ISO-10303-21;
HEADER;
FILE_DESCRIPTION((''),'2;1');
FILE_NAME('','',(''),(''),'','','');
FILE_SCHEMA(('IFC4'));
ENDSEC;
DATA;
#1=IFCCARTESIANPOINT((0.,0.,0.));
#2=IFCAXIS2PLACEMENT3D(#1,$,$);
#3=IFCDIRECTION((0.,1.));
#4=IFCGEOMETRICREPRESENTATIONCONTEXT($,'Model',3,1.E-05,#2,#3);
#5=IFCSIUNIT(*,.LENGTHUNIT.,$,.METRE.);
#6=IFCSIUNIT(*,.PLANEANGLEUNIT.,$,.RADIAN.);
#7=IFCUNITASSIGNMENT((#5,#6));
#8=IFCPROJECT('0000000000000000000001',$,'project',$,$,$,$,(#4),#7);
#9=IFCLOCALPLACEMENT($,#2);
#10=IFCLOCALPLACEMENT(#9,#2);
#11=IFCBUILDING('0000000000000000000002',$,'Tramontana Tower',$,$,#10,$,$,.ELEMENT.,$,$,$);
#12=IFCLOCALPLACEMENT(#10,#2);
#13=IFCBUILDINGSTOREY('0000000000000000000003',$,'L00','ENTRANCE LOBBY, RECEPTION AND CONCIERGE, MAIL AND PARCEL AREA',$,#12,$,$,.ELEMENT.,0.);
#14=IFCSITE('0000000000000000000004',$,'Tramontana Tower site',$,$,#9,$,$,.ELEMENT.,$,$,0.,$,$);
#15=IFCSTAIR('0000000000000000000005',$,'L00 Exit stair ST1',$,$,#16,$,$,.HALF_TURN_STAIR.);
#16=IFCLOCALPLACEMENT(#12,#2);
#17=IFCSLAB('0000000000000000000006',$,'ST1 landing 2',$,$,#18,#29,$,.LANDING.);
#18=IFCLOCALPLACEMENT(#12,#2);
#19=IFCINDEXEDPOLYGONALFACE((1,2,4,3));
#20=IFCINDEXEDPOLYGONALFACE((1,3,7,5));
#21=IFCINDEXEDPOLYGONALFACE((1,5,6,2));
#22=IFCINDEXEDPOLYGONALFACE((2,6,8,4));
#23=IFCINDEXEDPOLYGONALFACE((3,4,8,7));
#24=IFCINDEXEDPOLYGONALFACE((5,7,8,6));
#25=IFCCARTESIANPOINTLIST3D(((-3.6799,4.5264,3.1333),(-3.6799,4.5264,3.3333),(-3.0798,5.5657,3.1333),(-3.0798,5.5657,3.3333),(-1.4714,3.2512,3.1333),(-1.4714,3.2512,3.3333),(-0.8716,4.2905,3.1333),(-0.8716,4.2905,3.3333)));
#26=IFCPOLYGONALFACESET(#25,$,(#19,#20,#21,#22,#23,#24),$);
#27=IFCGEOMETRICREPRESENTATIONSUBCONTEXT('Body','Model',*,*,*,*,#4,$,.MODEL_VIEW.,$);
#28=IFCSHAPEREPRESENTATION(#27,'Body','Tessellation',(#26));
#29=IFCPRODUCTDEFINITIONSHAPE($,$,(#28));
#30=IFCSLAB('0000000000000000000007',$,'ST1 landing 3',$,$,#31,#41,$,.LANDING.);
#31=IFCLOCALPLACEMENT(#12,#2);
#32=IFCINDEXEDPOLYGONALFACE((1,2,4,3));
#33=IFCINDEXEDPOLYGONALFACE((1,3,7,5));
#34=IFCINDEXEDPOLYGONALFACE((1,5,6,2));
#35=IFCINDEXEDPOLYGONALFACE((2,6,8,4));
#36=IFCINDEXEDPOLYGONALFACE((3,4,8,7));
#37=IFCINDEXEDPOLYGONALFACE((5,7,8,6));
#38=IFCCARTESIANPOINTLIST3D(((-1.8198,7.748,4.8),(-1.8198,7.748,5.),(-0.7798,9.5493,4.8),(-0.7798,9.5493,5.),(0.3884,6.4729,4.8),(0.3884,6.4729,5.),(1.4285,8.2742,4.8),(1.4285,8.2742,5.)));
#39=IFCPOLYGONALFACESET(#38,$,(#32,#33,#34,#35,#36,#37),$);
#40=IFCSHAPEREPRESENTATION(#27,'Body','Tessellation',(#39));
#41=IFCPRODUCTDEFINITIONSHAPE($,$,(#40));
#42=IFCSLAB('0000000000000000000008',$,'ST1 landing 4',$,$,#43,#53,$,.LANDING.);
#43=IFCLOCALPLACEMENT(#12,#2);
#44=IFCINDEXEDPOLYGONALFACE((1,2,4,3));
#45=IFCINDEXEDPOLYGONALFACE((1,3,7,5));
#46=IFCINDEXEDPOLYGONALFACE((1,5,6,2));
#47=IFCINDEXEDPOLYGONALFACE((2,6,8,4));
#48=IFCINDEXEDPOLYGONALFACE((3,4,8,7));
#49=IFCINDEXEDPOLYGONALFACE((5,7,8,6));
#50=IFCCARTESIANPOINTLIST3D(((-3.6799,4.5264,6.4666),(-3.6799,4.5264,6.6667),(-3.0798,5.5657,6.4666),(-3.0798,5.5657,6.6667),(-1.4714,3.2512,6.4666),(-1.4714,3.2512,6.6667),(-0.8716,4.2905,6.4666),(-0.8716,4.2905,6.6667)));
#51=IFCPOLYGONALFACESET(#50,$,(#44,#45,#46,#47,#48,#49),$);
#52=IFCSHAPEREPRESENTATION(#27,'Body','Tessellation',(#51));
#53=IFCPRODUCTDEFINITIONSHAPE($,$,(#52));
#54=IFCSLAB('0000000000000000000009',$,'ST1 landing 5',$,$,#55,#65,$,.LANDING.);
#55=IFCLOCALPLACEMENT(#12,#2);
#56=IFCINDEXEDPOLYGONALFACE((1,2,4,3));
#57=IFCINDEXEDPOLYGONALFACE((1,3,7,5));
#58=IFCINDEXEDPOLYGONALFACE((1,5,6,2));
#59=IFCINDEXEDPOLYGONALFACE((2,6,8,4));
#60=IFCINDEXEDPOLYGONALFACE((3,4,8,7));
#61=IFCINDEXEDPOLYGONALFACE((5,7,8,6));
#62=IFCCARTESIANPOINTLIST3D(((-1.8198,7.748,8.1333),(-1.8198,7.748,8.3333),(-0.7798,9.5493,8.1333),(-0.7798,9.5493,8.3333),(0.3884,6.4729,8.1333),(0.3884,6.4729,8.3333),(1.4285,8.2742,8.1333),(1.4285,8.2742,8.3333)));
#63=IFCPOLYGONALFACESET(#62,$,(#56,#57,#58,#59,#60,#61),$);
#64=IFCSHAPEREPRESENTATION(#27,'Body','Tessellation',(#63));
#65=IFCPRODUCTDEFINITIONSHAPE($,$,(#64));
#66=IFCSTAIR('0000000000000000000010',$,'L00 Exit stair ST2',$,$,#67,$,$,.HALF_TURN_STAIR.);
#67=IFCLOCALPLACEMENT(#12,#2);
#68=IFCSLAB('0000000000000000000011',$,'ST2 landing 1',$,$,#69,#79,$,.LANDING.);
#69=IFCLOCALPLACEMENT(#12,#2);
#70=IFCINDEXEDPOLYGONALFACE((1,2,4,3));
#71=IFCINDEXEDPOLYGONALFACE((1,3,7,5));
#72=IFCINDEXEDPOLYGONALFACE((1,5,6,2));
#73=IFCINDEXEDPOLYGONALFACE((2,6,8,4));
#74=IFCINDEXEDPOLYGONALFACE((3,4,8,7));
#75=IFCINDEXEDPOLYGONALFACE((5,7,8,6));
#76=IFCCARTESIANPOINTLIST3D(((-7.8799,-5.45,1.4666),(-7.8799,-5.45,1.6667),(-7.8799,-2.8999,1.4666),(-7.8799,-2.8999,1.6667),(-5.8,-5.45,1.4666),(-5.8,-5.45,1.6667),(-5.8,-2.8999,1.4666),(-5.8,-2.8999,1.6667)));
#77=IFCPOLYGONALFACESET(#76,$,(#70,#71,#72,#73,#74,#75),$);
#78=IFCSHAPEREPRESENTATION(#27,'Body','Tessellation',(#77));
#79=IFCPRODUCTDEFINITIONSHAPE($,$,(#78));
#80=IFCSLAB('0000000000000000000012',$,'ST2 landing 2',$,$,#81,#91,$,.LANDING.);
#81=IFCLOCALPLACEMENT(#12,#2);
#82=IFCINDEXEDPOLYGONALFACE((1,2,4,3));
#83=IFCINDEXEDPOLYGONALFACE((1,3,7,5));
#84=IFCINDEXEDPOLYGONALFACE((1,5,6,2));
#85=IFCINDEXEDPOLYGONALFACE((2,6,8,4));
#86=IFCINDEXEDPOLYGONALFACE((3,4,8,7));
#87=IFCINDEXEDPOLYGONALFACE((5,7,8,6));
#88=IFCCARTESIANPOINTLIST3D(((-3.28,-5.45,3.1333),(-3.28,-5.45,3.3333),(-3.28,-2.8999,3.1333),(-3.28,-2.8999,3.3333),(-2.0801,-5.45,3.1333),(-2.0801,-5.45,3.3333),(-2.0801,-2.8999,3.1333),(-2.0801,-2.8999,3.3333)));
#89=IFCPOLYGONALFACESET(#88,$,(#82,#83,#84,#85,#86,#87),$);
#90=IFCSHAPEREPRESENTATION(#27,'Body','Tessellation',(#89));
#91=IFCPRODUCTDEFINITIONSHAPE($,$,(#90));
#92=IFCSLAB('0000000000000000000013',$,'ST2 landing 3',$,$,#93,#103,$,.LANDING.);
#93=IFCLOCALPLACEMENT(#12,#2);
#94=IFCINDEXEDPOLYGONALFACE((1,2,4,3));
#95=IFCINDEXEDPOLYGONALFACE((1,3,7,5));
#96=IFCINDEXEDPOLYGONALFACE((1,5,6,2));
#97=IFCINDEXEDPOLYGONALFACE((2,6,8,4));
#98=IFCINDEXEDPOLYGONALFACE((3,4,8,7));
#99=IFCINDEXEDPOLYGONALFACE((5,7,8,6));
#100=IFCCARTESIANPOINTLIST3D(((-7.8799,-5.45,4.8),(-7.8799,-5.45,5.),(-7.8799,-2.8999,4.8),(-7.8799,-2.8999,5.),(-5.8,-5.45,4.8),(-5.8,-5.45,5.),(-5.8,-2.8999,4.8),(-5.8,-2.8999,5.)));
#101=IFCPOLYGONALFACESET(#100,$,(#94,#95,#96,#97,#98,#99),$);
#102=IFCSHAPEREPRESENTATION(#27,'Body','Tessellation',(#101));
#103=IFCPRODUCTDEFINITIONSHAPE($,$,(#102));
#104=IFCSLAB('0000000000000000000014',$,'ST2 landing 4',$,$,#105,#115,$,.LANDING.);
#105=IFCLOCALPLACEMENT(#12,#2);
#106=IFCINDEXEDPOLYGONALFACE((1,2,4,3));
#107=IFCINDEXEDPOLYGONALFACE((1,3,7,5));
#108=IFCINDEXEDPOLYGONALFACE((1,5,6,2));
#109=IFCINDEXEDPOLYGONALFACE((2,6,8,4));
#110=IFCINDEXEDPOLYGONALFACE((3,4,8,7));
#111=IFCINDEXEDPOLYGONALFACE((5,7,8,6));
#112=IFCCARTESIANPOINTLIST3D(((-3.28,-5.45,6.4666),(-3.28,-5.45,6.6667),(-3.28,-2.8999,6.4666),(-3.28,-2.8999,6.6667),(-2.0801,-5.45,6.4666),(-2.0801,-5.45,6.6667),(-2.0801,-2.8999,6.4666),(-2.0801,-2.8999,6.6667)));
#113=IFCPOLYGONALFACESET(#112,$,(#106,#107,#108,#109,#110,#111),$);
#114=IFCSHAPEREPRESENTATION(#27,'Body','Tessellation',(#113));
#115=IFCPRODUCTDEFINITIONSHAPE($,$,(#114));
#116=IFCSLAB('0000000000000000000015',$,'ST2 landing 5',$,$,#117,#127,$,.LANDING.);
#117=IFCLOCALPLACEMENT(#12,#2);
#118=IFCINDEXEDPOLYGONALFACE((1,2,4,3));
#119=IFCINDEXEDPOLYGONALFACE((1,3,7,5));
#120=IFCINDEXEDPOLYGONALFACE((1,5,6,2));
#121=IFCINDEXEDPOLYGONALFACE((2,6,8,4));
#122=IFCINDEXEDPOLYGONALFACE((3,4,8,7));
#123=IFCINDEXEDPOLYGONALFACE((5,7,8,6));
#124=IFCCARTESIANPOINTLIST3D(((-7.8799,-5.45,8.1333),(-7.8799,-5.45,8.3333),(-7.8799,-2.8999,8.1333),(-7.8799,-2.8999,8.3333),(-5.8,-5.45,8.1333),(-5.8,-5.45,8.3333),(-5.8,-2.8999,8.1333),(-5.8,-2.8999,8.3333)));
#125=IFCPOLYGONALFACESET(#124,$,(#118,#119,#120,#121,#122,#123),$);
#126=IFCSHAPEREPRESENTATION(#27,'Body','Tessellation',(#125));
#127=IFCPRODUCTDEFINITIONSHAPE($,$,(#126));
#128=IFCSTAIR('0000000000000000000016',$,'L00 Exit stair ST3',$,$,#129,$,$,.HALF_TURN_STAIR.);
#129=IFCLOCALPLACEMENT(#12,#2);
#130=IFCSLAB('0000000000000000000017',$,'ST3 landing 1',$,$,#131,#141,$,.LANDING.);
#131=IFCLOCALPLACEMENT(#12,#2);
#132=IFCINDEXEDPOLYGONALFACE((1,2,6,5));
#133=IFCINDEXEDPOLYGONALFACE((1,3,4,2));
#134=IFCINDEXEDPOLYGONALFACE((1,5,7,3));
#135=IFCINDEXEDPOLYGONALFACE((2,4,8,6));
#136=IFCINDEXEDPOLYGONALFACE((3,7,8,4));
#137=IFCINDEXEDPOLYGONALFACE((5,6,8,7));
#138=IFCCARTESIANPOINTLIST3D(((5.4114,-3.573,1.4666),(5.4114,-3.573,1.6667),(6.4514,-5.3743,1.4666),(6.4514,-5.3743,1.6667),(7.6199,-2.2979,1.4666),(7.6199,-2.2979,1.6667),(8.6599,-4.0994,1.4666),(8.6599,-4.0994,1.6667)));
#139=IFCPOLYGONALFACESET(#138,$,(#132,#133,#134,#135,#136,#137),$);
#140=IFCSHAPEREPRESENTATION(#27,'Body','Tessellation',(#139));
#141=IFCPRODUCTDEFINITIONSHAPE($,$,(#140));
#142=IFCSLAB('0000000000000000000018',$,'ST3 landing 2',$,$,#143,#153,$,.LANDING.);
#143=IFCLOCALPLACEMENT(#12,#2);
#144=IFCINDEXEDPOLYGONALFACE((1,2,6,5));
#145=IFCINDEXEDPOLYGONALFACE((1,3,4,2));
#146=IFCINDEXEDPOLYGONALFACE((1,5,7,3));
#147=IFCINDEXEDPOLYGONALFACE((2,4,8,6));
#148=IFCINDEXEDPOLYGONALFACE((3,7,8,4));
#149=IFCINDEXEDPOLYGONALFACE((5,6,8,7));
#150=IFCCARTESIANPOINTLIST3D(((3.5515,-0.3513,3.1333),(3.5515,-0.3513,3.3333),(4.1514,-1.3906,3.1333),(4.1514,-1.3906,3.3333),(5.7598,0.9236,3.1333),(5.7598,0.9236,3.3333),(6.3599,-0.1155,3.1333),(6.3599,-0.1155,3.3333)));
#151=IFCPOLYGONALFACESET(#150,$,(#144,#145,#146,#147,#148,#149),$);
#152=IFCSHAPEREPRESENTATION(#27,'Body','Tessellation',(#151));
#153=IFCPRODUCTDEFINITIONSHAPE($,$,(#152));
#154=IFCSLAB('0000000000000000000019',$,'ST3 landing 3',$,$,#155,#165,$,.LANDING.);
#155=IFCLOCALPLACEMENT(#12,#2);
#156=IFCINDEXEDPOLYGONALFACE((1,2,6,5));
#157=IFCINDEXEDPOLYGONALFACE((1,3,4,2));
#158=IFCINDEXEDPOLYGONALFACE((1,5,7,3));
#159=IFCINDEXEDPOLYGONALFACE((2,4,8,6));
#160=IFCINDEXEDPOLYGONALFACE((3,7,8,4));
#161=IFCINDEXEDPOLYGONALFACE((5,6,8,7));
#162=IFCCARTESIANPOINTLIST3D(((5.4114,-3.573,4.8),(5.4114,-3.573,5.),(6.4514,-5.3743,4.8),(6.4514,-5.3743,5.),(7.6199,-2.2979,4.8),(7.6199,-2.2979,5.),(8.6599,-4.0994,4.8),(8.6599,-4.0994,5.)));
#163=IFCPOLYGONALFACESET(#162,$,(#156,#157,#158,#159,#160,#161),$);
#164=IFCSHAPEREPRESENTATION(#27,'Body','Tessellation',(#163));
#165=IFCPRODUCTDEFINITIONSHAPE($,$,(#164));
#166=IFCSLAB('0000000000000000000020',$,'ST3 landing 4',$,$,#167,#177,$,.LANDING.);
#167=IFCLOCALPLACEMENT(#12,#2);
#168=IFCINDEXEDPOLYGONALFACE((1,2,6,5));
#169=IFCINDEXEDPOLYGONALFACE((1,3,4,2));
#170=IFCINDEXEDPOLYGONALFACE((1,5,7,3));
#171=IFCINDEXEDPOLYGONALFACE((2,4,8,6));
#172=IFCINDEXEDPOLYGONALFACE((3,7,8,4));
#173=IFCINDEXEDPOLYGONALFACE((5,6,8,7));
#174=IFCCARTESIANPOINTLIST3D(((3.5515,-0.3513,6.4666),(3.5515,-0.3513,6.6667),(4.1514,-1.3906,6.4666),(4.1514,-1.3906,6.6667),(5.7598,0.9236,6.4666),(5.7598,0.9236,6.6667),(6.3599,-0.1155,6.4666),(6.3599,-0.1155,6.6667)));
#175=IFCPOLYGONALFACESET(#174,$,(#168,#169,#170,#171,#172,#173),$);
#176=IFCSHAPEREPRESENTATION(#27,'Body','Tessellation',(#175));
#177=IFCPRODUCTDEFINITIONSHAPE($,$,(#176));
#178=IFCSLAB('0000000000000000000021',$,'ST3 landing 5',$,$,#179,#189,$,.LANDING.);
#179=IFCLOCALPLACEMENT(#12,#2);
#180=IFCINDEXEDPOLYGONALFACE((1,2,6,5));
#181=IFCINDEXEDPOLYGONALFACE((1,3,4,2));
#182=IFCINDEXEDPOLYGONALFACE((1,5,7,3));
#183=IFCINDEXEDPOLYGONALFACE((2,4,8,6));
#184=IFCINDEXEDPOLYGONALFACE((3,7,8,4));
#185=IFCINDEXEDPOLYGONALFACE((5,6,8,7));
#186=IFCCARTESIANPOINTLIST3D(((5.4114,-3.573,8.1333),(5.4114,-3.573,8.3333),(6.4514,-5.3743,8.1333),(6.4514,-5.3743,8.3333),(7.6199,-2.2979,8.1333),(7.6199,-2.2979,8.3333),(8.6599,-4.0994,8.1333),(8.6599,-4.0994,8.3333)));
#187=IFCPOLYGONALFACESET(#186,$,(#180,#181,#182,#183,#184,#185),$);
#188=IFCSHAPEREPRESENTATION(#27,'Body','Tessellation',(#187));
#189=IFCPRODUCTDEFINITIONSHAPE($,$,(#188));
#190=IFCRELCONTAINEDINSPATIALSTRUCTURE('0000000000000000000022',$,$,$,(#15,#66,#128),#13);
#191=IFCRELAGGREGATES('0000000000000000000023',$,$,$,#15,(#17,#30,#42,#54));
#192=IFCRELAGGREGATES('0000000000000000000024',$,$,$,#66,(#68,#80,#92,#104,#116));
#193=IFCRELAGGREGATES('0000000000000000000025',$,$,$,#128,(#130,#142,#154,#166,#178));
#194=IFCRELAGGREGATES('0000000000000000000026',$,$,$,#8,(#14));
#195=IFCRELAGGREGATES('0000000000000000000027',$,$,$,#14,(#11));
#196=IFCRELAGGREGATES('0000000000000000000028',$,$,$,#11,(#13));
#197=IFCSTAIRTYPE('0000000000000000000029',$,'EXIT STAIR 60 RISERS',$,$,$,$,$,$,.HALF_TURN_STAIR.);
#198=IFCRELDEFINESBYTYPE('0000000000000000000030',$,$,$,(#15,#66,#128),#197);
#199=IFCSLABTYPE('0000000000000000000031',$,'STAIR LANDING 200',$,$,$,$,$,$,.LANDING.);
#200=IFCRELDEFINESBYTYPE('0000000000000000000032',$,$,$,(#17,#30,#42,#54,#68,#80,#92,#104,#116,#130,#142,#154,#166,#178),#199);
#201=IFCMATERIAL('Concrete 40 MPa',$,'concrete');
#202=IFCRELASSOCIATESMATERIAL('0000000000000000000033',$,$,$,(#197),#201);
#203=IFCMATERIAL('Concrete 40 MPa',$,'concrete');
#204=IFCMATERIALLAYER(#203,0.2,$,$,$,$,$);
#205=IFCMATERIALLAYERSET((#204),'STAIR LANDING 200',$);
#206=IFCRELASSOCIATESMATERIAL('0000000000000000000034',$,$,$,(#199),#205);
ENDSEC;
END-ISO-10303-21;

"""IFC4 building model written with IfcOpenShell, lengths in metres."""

from ifc_helpers import new_model, si_unit, direction, frame, origin, place, context, subcontext, project, spatial, polyline, outline, extrude, material, layer, layer_set, type_object, element, aggregate, save


model = new_model("IFC4")

# Units and contexts
model_context = context("Model", 3, precision=1e-05, world=origin(), true_north=direction((0.0, 1.0)))
body_context = subcontext(model_context, "Body", "Model", "MODEL_VIEW")
ifc_project = project(units=[si_unit("LENGTHUNIT", "METRE"), si_unit("PLANEANGLEUNIT", "RADIAN")], contexts=[model_context])

# Site, building, storey
site_placement = place(None, origin())
site = spatial("IfcSite", under=ifc_project, at=site_placement, Name="Tramontana Tower site", CompositionType="ELEMENT", RefElevation=0.0)
building_placement = place(site_placement, origin())
building = spatial("IfcBuilding", under=site, at=building_placement, Name="Tramontana Tower", CompositionType="ELEMENT")
storey_placement = place(building_placement, origin())
storey = spatial("IfcBuildingStorey", under=building, at=storey_placement, Name="L00", Description="ENTRANCE LOBBY, RECEPTION AND CONCIERGE, MAIL AND PARCEL AREA", CompositionType="ELEMENT", Elevation=0.0)

# Stairs, slabs
ifc_material_1 = material(Name="Concrete 40 MPa", Category="concrete")
stair_type = type_object("IfcStairType", Name="EXIT STAIR 60 RISERS", PredefinedType="HALF_TURN_STAIR", material=ifc_material_1)
stair_1_placement = place(storey_placement, origin())
stair_1 = element("IfcStair", 1, at=stair_1_placement, inside=storey, type_object=stair_type, Name="L00 Exit stair ST1", PredefinedType="HALF_TURN_STAIR")
ifc_material_2 = material(Name="Concrete 40 MPa", Category="concrete")
ifc_layer_1 = layer(ifc_material_2, 0.2)
ifc_layer_set_1 = layer_set([ifc_layer_1], Name="STAIR LANDING 200")
slab_type_1 = type_object("IfcSlabType", Name="STAIR LANDING 200", PredefinedType="LANDING", material=ifc_layer_set_1)
slab_1_placement = place(storey_placement, frame((0.0, 0.0, 3.1333)))
slab_1 = element("IfcSlab", 2, at=slab_1_placement, type_object=slab_type_1, Name="ST1 landing 2", PredefinedType="LANDING", context=body_context, shape_type="SweptSolid", body=[
    extrude(outline(polyline([(-1.4714, 3.2512), (-0.8716, 4.2905), (-3.0798, 5.5657), (-3.6799, 4.5264), (-1.4714, 3.2512)])), origin(), (0.0, 0.0, 1.0), 0.2),
])
slab_2_placement = place(storey_placement, frame((0.0, 0.0, 4.8)))
slab_2 = element("IfcSlab", 3, at=slab_2_placement, type_object=slab_type_1, Name="ST1 landing 3", PredefinedType="LANDING", context=body_context, shape_type="SweptSolid", body=[
    extrude(outline(polyline([(0.3884, 6.4729), (1.4285, 8.2742), (-0.7798, 9.5493), (-1.8198, 7.748), (0.3884, 6.4729)])), origin(), (0.0, 0.0, 1.0), 0.2),
])
slab_3_placement = place(storey_placement, frame((0.0, 0.0, 6.4666)))
slab_3 = element("IfcSlab", 4, at=slab_3_placement, type_object=slab_type_1, Name="ST1 landing 4", PredefinedType="LANDING", context=body_context, shape_type="SweptSolid", body=[
    extrude(outline(polyline([(-1.4714, 3.2512), (-0.8716, 4.2905), (-3.0798, 5.5657), (-3.6799, 4.5264), (-1.4714, 3.2512)])), origin(), (0.0, 0.0, 1.0), 0.2002),
])
slab_4_placement = place(storey_placement, frame((0.0, 0.0, 8.1333)))
slab_4 = element("IfcSlab", 5, at=slab_4_placement, type_object=slab_type_1, Name="ST1 landing 5", PredefinedType="LANDING", context=body_context, shape_type="SweptSolid", body=[
    extrude(outline(polyline([(0.3884, 6.4729), (1.4285, 8.2742), (-0.7798, 9.5493), (-1.8198, 7.748), (0.3884, 6.4729)])), origin(), (0.0, 0.0, 1.0), 0.2),
])
aggregate(stair_1, [slab_1, slab_2, slab_3, slab_4])
stair_2_placement = place(storey_placement, origin())
stair_2 = element("IfcStair", 6, at=stair_2_placement, inside=storey, type_object=stair_type, Name="L00 Exit stair ST2", PredefinedType="HALF_TURN_STAIR")
slab_5_placement = place(storey_placement, frame((0.0, 0.0, 1.4666)))
slab_5 = element("IfcSlab", 7, at=slab_5_placement, type_object=slab_type_1, Name="ST2 landing 1", PredefinedType="LANDING", context=body_context, shape_type="SweptSolid", body=[
    extrude(outline(polyline([(-5.8, -2.8999), (-7.8799, -2.8999), (-7.8799, -5.45), (-5.8, -5.45), (-5.8, -2.8999)])), origin(), (0.0, 0.0, 1.0), 0.2002),
])
slab_6_placement = place(storey_placement, frame((0.0, 0.0, 3.1333)))
slab_6 = element("IfcSlab", 8, at=slab_6_placement, type_object=slab_type_1, Name="ST2 landing 2", PredefinedType="LANDING", context=body_context, shape_type="SweptSolid", body=[
    extrude(outline(polyline([(-2.0801, -2.8999), (-3.28, -2.8999), (-3.28, -5.45), (-2.0801, -5.45), (-2.0801, -2.8999)])), origin(), (0.0, 0.0, 1.0), 0.2),
])
slab_7_placement = place(storey_placement, frame((0.0, 0.0, 4.8)))
slab_7 = element("IfcSlab", 9, at=slab_7_placement, type_object=slab_type_1, Name="ST2 landing 3", PredefinedType="LANDING", context=body_context, shape_type="SweptSolid", body=[
    extrude(outline(polyline([(-5.8, -2.8999), (-7.8799, -2.8999), (-7.8799, -5.45), (-5.8, -5.45), (-5.8, -2.8999)])), origin(), (0.0, 0.0, 1.0), 0.2),
])
slab_8_placement = place(storey_placement, frame((0.0, 0.0, 6.4666)))
slab_8 = element("IfcSlab", 10, at=slab_8_placement, type_object=slab_type_1, Name="ST2 landing 4", PredefinedType="LANDING", context=body_context, shape_type="SweptSolid", body=[
    extrude(outline(polyline([(-2.0801, -2.8999), (-3.28, -2.8999), (-3.28, -5.45), (-2.0801, -5.45), (-2.0801, -2.8999)])), origin(), (0.0, 0.0, 1.0), 0.2002),
])
slab_9_placement = place(storey_placement, frame((0.0, 0.0, 8.1333)))
slab_9 = element("IfcSlab", 11, at=slab_9_placement, type_object=slab_type_1, Name="ST2 landing 5", PredefinedType="LANDING", context=body_context, shape_type="SweptSolid", body=[
    extrude(outline(polyline([(-5.8, -2.8999), (-7.8799, -2.8999), (-7.8799, -5.45), (-5.8, -5.45), (-5.8, -2.8999)])), origin(), (0.0, 0.0, 1.0), 0.2),
])
aggregate(stair_2, [slab_5, slab_6, slab_7, slab_8, slab_9])
stair_3_placement = place(storey_placement, origin())
stair_3 = element("IfcStair", 12, at=stair_3_placement, inside=storey, type_object=stair_type, Name="L00 Exit stair ST3", PredefinedType="HALF_TURN_STAIR")
slab_10_placement = place(storey_placement, frame((0.0, 0.0, 1.4666)))
slab_10 = element("IfcSlab", 13, at=slab_10_placement, type_object=slab_type_1, Name="ST3 landing 1", PredefinedType="LANDING", context=body_context, shape_type="SweptSolid", body=[
    extrude(outline(polyline([(5.4114, -3.573), (6.4514, -5.3743), (8.6599, -4.0994), (7.6199, -2.2979), (5.4114, -3.573)])), origin(), (0.0, 0.0, 1.0), 0.2002),
])
slab_11_placement = place(storey_placement, frame((0.0, 0.0, 3.1333)))
slab_11 = element("IfcSlab", 14, at=slab_11_placement, type_object=slab_type_1, Name="ST3 landing 2", PredefinedType="LANDING", context=body_context, shape_type="SweptSolid", body=[
    extrude(outline(polyline([(3.5515, -0.3513), (4.1514, -1.3906), (6.3599, -0.1155), (5.7598, 0.9236), (3.5515, -0.3513)])), origin(), (0.0, 0.0, 1.0), 0.2),
])
slab_12_placement = place(storey_placement, frame((0.0, 0.0, 4.8)))
slab_12 = element("IfcSlab", 15, at=slab_12_placement, type_object=slab_type_1, Name="ST3 landing 3", PredefinedType="LANDING", context=body_context, shape_type="SweptSolid", body=[
    extrude(outline(polyline([(5.4114, -3.573), (6.4514, -5.3743), (8.6599, -4.0994), (7.6199, -2.2979), (5.4114, -3.573)])), origin(), (0.0, 0.0, 1.0), 0.2),
])
slab_13_placement = place(storey_placement, frame((0.0, 0.0, 6.4666)))
slab_13 = element("IfcSlab", 16, at=slab_13_placement, type_object=slab_type_1, Name="ST3 landing 4", PredefinedType="LANDING", context=body_context, shape_type="SweptSolid", body=[
    extrude(outline(polyline([(3.5515, -0.3513), (4.1514, -1.3906), (6.3599, -0.1155), (5.7598, 0.9236), (3.5515, -0.3513)])), origin(), (0.0, 0.0, 1.0), 0.2002),
])
slab_14_placement = place(storey_placement, frame((0.0, 0.0, 8.1333)))
slab_14 = element("IfcSlab", 17, at=slab_14_placement, type_object=slab_type_1, Name="ST3 landing 5", PredefinedType="LANDING", context=body_context, shape_type="SweptSolid", body=[
    extrude(outline(polyline([(5.4114, -3.573), (6.4514, -5.3743), (8.6599, -4.0994), (7.6199, -2.2979), (5.4114, -3.573)])), origin(), (0.0, 0.0, 1.0), 0.2),
])
aggregate(stair_3, [slab_10, slab_11, slab_12, slab_13, slab_14])

save(model, "model.ifc")
